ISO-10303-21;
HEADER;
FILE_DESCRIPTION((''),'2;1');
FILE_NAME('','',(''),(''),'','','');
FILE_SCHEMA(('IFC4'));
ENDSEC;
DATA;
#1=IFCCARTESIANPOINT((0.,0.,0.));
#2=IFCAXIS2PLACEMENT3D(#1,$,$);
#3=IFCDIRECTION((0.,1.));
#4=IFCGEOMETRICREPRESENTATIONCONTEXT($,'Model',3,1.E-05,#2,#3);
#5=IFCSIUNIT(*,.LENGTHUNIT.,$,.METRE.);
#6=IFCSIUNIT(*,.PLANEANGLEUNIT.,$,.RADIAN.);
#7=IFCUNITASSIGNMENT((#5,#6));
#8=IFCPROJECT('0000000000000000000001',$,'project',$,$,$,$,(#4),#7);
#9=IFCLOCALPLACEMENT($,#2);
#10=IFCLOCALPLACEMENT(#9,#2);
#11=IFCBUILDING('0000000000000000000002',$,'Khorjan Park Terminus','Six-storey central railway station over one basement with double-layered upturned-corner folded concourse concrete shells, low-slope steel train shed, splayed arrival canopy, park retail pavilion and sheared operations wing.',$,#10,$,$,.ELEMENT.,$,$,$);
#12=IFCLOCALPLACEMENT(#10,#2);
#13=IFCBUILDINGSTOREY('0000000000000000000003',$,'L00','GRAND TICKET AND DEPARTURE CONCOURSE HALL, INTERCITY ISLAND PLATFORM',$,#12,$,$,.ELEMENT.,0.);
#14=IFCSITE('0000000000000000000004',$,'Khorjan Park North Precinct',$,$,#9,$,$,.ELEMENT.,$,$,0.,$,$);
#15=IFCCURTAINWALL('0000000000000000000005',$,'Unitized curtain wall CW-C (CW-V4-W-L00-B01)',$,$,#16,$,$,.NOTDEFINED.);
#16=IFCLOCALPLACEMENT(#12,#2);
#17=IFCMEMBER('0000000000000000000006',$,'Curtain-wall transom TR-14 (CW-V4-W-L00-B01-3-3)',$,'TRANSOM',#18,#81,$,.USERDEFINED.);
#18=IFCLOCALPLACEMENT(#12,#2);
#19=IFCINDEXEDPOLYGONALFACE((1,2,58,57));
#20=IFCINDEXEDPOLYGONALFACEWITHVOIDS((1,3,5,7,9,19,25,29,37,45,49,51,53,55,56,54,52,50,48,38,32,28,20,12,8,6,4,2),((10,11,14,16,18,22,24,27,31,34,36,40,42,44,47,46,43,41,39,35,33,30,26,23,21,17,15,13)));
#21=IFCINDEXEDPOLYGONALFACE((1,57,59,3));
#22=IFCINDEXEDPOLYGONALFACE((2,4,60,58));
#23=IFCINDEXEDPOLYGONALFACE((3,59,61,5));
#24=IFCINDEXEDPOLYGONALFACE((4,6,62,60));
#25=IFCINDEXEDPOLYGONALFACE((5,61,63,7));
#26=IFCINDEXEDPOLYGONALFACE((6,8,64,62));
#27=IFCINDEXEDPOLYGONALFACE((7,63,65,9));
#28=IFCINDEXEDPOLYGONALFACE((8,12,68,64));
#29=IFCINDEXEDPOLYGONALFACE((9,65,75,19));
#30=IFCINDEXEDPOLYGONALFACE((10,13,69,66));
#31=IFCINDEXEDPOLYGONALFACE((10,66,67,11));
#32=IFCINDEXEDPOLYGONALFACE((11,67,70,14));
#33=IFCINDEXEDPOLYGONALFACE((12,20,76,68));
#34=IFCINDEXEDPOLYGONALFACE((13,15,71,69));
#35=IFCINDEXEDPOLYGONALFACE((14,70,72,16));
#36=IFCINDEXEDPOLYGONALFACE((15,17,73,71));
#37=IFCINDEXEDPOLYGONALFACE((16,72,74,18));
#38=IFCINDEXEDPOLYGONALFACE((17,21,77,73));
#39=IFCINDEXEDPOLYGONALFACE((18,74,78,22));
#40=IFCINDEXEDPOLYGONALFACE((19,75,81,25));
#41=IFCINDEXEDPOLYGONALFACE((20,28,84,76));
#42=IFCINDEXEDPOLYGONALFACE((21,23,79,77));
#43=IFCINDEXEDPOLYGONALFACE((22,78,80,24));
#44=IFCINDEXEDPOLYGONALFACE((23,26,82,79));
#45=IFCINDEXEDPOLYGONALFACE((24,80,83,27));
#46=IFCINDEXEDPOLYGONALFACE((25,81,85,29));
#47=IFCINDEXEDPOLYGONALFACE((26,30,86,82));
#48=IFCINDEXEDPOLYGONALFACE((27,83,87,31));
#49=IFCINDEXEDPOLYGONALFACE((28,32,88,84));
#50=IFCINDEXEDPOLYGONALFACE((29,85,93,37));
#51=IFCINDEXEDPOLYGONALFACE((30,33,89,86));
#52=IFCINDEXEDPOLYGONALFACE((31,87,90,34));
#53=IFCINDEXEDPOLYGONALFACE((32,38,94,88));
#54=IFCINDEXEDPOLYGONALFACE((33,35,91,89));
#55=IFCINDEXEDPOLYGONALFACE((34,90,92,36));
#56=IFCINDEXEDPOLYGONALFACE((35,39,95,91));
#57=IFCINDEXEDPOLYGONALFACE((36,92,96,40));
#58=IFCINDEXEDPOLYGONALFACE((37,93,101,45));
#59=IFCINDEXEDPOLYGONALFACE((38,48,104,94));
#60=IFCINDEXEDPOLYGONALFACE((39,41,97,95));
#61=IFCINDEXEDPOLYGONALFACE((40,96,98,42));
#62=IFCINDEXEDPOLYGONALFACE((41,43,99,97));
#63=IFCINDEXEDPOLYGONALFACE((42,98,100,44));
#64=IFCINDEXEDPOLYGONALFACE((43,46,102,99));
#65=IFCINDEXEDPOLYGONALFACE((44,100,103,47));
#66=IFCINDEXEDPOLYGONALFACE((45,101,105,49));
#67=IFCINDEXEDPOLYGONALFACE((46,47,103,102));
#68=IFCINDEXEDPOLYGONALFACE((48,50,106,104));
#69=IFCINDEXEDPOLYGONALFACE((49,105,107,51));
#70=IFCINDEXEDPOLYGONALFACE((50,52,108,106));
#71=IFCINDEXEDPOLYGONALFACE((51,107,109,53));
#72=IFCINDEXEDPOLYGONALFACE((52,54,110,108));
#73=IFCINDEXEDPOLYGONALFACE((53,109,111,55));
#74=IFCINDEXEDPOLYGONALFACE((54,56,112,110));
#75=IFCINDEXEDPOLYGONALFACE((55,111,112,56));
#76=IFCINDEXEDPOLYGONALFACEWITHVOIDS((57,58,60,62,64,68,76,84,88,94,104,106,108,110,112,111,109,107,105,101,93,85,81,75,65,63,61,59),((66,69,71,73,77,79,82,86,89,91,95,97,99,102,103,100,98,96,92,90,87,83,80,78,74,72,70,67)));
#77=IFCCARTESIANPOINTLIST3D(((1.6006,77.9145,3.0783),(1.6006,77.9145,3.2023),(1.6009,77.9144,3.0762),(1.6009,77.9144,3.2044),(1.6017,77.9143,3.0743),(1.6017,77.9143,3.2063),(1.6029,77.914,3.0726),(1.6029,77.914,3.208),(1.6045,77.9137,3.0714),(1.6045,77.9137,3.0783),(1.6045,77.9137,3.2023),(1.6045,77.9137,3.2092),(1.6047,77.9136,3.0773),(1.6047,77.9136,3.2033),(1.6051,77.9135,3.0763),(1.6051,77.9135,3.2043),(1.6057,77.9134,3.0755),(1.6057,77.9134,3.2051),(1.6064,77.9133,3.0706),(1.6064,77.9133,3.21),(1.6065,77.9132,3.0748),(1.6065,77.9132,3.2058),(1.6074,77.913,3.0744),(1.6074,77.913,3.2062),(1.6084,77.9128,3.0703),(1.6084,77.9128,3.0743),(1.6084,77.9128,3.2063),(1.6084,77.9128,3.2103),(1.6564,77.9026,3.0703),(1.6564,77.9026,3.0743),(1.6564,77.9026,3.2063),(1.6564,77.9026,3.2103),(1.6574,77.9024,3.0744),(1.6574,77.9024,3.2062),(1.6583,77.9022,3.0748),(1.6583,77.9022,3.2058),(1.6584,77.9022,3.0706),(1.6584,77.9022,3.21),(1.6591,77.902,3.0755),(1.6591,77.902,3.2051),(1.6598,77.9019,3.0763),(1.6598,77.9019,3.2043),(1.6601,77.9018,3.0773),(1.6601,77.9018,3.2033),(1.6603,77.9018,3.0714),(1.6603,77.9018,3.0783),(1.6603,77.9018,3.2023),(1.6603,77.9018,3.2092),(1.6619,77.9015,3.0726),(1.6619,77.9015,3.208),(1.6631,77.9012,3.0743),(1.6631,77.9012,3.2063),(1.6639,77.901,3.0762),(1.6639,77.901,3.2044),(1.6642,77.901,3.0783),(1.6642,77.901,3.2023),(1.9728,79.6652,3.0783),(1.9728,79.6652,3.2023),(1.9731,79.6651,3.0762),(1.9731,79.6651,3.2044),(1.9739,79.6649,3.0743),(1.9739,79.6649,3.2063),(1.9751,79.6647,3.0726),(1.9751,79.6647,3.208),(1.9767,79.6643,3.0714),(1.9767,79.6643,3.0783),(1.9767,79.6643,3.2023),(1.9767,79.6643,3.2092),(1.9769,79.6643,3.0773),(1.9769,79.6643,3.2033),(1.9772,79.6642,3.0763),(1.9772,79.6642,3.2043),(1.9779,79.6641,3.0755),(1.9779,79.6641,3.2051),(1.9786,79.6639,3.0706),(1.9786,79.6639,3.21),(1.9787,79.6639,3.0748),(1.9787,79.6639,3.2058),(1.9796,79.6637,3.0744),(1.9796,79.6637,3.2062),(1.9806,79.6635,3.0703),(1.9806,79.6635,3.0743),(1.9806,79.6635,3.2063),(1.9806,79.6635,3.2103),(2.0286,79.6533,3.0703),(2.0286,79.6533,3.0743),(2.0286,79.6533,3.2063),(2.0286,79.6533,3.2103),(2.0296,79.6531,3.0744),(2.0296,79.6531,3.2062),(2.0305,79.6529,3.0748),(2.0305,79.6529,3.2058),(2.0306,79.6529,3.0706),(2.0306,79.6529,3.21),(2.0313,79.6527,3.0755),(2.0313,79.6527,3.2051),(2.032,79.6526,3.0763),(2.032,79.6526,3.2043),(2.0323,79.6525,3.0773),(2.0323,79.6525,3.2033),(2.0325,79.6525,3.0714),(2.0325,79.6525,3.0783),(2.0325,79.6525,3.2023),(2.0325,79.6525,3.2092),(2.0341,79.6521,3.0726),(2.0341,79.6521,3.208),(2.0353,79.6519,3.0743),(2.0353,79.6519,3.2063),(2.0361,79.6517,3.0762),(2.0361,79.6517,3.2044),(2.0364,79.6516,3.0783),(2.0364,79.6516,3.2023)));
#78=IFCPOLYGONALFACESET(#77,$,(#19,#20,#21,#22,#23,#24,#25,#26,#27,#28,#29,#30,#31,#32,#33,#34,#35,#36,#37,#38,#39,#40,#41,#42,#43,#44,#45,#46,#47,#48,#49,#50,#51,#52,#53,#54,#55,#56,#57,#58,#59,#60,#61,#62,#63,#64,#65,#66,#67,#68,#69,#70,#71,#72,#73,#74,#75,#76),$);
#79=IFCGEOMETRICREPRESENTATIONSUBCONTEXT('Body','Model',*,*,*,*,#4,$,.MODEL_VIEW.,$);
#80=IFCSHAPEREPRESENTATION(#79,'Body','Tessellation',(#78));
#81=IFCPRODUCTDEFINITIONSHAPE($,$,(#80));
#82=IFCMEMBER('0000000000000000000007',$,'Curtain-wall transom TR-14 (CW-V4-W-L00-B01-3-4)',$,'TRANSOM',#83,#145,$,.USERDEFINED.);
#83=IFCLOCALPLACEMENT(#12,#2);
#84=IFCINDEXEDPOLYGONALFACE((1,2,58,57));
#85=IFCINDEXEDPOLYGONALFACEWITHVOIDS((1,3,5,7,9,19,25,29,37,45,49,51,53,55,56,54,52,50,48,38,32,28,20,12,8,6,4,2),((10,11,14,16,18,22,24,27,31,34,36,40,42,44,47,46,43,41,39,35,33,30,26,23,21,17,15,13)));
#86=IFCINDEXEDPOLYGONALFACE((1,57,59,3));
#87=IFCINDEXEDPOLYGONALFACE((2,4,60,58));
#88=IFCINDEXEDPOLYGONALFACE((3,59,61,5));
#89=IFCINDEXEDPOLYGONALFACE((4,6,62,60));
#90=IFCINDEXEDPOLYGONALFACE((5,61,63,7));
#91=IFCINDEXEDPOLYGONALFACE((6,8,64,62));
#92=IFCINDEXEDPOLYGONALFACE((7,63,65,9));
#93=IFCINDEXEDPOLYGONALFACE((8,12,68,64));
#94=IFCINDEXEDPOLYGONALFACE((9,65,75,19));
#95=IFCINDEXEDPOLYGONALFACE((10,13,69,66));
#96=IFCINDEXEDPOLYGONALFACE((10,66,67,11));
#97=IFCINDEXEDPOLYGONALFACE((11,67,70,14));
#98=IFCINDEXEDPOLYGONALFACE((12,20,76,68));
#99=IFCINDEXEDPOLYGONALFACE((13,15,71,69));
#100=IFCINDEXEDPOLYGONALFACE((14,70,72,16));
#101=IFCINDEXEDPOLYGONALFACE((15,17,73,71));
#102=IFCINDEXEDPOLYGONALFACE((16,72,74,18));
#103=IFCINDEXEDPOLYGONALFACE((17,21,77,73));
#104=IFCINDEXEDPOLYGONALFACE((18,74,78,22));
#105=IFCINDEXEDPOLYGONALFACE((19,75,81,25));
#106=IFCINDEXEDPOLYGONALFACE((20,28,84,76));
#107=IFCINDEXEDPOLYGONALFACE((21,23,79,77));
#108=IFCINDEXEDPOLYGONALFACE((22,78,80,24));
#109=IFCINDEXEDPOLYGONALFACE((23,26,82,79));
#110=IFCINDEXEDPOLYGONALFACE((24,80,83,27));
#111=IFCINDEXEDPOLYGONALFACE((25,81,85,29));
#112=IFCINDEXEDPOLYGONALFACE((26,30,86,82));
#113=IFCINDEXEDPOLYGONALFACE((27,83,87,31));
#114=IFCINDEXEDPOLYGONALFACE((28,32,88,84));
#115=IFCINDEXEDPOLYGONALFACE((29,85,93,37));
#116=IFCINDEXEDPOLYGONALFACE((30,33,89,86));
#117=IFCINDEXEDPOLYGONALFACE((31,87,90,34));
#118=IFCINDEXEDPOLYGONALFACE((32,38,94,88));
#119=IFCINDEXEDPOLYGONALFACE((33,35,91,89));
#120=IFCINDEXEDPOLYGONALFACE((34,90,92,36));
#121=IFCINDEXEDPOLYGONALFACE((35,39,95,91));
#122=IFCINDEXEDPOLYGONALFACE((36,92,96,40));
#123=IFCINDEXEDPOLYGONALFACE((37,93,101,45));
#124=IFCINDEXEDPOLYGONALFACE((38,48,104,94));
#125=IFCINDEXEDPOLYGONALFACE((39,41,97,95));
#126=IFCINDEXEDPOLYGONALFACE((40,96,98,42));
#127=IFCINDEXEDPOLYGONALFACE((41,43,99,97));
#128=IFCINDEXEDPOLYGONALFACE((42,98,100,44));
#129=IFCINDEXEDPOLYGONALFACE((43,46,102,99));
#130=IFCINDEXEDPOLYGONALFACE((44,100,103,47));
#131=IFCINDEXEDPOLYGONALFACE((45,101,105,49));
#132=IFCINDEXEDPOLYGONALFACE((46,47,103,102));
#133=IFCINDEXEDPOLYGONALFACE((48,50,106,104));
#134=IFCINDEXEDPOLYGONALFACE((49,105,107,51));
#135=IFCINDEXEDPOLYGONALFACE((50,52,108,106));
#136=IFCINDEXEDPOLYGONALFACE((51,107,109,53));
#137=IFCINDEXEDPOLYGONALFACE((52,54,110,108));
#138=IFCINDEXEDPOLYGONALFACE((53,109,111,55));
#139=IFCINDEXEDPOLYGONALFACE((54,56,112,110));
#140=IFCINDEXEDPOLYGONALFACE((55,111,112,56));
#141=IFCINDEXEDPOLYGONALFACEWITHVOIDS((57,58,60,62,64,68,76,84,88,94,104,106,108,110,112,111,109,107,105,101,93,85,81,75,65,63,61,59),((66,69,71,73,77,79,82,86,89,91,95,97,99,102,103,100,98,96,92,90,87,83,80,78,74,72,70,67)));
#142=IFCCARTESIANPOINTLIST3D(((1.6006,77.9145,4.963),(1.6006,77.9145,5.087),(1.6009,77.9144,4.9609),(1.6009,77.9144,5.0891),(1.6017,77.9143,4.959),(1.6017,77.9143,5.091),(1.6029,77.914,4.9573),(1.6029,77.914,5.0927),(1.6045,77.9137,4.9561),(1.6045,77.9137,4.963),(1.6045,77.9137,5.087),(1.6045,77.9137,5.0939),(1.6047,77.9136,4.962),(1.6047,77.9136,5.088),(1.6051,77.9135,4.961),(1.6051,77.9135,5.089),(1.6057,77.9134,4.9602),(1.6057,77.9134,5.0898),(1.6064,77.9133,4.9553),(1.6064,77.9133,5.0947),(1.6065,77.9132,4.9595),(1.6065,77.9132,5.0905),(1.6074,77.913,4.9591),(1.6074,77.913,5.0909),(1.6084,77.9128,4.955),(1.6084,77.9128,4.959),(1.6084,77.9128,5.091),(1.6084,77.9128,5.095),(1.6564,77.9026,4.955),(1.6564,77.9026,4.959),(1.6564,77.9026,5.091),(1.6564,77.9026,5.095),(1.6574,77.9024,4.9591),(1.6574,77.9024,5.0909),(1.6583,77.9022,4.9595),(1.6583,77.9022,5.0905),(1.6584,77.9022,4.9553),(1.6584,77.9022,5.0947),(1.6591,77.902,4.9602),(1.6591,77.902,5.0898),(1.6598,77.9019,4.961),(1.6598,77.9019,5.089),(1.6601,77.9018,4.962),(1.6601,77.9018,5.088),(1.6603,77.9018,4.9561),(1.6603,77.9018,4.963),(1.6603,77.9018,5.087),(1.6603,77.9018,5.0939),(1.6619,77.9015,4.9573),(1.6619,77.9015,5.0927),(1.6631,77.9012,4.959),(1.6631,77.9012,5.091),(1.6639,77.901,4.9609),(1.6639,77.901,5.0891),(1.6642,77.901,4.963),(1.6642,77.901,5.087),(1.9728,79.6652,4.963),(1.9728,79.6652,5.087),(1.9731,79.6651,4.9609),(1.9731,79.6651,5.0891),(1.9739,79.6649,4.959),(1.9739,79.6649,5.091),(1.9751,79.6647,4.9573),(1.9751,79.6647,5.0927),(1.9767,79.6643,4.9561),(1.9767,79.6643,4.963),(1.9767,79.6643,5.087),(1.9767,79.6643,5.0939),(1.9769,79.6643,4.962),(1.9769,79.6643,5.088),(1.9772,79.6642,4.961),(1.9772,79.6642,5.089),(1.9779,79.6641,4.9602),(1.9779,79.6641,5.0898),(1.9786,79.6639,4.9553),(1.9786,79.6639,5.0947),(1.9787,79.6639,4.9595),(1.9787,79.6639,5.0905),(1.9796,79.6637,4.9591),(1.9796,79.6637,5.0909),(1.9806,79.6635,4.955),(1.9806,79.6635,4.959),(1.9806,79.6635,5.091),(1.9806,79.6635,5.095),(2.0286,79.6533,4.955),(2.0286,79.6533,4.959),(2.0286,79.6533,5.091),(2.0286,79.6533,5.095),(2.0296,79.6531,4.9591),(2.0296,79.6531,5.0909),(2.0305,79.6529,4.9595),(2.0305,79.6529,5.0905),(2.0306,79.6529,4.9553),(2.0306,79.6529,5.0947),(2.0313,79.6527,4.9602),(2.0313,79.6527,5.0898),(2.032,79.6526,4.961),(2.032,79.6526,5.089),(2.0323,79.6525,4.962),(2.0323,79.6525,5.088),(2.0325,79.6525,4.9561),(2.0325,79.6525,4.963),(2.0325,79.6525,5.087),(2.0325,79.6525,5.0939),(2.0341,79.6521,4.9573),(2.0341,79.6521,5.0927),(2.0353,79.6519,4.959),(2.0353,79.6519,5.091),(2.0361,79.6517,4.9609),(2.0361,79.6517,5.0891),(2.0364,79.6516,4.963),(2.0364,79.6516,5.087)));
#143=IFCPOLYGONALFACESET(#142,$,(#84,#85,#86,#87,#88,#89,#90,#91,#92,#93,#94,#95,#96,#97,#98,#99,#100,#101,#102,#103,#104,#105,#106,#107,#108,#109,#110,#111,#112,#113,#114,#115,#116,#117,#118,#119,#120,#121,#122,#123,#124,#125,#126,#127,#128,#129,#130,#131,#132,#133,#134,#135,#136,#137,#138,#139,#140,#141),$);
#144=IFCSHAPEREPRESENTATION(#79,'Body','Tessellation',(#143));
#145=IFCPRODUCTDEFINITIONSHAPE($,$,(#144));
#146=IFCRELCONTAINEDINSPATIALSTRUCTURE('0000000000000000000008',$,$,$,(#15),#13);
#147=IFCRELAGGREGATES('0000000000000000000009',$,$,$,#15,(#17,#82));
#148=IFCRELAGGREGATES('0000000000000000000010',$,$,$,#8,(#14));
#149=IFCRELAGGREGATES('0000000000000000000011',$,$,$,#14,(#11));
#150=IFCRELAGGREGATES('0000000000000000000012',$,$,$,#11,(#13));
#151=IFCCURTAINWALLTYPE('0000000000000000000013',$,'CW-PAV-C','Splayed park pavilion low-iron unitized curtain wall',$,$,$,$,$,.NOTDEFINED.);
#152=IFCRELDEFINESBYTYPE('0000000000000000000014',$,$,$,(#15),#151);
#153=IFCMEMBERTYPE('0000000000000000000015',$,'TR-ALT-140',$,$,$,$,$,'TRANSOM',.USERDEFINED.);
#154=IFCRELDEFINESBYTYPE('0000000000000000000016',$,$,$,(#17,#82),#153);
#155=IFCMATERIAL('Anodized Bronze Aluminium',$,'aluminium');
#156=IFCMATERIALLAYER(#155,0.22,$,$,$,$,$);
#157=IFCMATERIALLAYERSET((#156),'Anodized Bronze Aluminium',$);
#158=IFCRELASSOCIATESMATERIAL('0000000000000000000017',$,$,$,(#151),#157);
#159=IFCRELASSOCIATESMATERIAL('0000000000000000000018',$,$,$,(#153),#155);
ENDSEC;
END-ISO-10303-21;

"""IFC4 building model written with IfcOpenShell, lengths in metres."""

from ifc_helpers import new_model, si_unit, direction, frame, origin, origin_2d, place, context, subcontext, project, spatial, hollow_rectangle, extrude, material, layer, layer_set, material_profile, profile_set, type_object, element, aggregate, save


model = new_model("IFC4")

# Units and contexts
model_context = context("Model", 3, precision=1e-05, world=origin(), true_north=direction((0.0, 1.0)))
body_context = subcontext(model_context, "Body", "Model", "MODEL_VIEW")
ifc_project = project(units=[si_unit("LENGTHUNIT", "METRE"), si_unit("PLANEANGLEUNIT", "RADIAN")], contexts=[model_context])

# Site, building, storey
site_placement = place(None, origin())
site = spatial("IfcSite", under=ifc_project, at=site_placement, Name="Khorjan Park North Precinct", CompositionType="ELEMENT", RefElevation=0.0)
building_placement = place(site_placement, origin())
building = spatial("IfcBuilding", under=site, at=building_placement, Name="Khorjan Park Terminus", Description="Six-storey central railway station over one basement with double-layered upturned-corner folded concourse concrete shells, low-slope steel train shed, splayed arrival canopy, park retail pavilion and sheared operations wing.", CompositionType="ELEMENT")
storey_placement = place(building_placement, origin())
storey = spatial("IfcBuildingStorey", under=building, at=storey_placement, Name="L00", Description="GRAND TICKET AND DEPARTURE CONCOURSE HALL, INTERCITY ISLAND PLATFORM", CompositionType="ELEMENT", Elevation=0.0)

# Curtain wall, members
ifc_material_1 = material(Name="Anodized Bronze Aluminium", Category="aluminium")
ifc_layer_1 = layer(ifc_material_1, 0.22)
ifc_layer_set_1 = layer_set([ifc_layer_1], Name="Anodized Bronze Aluminium")
curtain_wall_type = type_object("IfcCurtainWallType", Name="CW-PAV-C", Description="Splayed park pavilion low-iron unitized curtain wall", PredefinedType="NOTDEFINED", material=ifc_layer_set_1)
curtain_wall_placement = place(storey_placement, origin())
curtain_wall = element("IfcCurtainWall", 1, at=curtain_wall_placement, inside=storey, type_object=curtain_wall_type, Name="Unitized curtain wall CW-C (CW-V4-W-L00-B01)", PredefinedType="NOTDEFINED")
ifc_material_profile_1 = material_profile(ifc_material_1, hollow_rectangle(XDim=0.065, YDim=0.14, WallThickness=0.004, InnerFilletRadius=0.004, OuterFilletRadius=0.008, at=origin_2d()), Name="ALT 65x140x4")
ifc_profile_set_1 = profile_set([ifc_material_profile_1], Name="Anodized Bronze Aluminium")
member_type_1 = type_object("IfcMemberType", Name="TR-ALT-140", ElementType="TRANSOM", PredefinedType="USERDEFINED", material=ifc_profile_set_1)
member_1_placement = place(storey_placement, frame((2.0046, 79.6584, 3.1403), z_axis=(-0.207953, -0.978139, 0.0), x_axis=(0.978139, -0.207953, 0.0)))
member_1 = element("IfcMember", 2, at=member_1_placement, type_object=member_type_1, Name="Curtain-wall transom TR-14 (CW-V4-W-L00-B01-3-3)", ObjectType="TRANSOM", PredefinedType="USERDEFINED", context=body_context, shape_type="SweptSolid", body=[
    extrude(hollow_rectangle(XDim=0.065, YDim=0.14, WallThickness=0.004, InnerFilletRadius=0.004, OuterFilletRadius=0.008, at=origin_2d()), origin(), (0.0, 0.0, 1.0), 1.7898),
])
member_2_placement = place(storey_placement, frame((2.0046, 79.6584, 5.025), z_axis=(-0.207953, -0.978139, 0.0), x_axis=(0.978139, -0.207953, 0.0)))
member_2 = element("IfcMember", 3, at=member_2_placement, type_object=member_type_1, Name="Curtain-wall transom TR-14 (CW-V4-W-L00-B01-3-4)", ObjectType="TRANSOM", PredefinedType="USERDEFINED", context=body_context, shape_type="SweptSolid", body=[
    extrude(hollow_rectangle(XDim=0.065, YDim=0.14, WallThickness=0.004, InnerFilletRadius=0.004, OuterFilletRadius=0.008, at=origin_2d()), origin(), (0.0, 0.0, 1.0), 1.7898),
])
aggregate(curtain_wall, [member_1, member_2])

save(model, "model.ifc")
